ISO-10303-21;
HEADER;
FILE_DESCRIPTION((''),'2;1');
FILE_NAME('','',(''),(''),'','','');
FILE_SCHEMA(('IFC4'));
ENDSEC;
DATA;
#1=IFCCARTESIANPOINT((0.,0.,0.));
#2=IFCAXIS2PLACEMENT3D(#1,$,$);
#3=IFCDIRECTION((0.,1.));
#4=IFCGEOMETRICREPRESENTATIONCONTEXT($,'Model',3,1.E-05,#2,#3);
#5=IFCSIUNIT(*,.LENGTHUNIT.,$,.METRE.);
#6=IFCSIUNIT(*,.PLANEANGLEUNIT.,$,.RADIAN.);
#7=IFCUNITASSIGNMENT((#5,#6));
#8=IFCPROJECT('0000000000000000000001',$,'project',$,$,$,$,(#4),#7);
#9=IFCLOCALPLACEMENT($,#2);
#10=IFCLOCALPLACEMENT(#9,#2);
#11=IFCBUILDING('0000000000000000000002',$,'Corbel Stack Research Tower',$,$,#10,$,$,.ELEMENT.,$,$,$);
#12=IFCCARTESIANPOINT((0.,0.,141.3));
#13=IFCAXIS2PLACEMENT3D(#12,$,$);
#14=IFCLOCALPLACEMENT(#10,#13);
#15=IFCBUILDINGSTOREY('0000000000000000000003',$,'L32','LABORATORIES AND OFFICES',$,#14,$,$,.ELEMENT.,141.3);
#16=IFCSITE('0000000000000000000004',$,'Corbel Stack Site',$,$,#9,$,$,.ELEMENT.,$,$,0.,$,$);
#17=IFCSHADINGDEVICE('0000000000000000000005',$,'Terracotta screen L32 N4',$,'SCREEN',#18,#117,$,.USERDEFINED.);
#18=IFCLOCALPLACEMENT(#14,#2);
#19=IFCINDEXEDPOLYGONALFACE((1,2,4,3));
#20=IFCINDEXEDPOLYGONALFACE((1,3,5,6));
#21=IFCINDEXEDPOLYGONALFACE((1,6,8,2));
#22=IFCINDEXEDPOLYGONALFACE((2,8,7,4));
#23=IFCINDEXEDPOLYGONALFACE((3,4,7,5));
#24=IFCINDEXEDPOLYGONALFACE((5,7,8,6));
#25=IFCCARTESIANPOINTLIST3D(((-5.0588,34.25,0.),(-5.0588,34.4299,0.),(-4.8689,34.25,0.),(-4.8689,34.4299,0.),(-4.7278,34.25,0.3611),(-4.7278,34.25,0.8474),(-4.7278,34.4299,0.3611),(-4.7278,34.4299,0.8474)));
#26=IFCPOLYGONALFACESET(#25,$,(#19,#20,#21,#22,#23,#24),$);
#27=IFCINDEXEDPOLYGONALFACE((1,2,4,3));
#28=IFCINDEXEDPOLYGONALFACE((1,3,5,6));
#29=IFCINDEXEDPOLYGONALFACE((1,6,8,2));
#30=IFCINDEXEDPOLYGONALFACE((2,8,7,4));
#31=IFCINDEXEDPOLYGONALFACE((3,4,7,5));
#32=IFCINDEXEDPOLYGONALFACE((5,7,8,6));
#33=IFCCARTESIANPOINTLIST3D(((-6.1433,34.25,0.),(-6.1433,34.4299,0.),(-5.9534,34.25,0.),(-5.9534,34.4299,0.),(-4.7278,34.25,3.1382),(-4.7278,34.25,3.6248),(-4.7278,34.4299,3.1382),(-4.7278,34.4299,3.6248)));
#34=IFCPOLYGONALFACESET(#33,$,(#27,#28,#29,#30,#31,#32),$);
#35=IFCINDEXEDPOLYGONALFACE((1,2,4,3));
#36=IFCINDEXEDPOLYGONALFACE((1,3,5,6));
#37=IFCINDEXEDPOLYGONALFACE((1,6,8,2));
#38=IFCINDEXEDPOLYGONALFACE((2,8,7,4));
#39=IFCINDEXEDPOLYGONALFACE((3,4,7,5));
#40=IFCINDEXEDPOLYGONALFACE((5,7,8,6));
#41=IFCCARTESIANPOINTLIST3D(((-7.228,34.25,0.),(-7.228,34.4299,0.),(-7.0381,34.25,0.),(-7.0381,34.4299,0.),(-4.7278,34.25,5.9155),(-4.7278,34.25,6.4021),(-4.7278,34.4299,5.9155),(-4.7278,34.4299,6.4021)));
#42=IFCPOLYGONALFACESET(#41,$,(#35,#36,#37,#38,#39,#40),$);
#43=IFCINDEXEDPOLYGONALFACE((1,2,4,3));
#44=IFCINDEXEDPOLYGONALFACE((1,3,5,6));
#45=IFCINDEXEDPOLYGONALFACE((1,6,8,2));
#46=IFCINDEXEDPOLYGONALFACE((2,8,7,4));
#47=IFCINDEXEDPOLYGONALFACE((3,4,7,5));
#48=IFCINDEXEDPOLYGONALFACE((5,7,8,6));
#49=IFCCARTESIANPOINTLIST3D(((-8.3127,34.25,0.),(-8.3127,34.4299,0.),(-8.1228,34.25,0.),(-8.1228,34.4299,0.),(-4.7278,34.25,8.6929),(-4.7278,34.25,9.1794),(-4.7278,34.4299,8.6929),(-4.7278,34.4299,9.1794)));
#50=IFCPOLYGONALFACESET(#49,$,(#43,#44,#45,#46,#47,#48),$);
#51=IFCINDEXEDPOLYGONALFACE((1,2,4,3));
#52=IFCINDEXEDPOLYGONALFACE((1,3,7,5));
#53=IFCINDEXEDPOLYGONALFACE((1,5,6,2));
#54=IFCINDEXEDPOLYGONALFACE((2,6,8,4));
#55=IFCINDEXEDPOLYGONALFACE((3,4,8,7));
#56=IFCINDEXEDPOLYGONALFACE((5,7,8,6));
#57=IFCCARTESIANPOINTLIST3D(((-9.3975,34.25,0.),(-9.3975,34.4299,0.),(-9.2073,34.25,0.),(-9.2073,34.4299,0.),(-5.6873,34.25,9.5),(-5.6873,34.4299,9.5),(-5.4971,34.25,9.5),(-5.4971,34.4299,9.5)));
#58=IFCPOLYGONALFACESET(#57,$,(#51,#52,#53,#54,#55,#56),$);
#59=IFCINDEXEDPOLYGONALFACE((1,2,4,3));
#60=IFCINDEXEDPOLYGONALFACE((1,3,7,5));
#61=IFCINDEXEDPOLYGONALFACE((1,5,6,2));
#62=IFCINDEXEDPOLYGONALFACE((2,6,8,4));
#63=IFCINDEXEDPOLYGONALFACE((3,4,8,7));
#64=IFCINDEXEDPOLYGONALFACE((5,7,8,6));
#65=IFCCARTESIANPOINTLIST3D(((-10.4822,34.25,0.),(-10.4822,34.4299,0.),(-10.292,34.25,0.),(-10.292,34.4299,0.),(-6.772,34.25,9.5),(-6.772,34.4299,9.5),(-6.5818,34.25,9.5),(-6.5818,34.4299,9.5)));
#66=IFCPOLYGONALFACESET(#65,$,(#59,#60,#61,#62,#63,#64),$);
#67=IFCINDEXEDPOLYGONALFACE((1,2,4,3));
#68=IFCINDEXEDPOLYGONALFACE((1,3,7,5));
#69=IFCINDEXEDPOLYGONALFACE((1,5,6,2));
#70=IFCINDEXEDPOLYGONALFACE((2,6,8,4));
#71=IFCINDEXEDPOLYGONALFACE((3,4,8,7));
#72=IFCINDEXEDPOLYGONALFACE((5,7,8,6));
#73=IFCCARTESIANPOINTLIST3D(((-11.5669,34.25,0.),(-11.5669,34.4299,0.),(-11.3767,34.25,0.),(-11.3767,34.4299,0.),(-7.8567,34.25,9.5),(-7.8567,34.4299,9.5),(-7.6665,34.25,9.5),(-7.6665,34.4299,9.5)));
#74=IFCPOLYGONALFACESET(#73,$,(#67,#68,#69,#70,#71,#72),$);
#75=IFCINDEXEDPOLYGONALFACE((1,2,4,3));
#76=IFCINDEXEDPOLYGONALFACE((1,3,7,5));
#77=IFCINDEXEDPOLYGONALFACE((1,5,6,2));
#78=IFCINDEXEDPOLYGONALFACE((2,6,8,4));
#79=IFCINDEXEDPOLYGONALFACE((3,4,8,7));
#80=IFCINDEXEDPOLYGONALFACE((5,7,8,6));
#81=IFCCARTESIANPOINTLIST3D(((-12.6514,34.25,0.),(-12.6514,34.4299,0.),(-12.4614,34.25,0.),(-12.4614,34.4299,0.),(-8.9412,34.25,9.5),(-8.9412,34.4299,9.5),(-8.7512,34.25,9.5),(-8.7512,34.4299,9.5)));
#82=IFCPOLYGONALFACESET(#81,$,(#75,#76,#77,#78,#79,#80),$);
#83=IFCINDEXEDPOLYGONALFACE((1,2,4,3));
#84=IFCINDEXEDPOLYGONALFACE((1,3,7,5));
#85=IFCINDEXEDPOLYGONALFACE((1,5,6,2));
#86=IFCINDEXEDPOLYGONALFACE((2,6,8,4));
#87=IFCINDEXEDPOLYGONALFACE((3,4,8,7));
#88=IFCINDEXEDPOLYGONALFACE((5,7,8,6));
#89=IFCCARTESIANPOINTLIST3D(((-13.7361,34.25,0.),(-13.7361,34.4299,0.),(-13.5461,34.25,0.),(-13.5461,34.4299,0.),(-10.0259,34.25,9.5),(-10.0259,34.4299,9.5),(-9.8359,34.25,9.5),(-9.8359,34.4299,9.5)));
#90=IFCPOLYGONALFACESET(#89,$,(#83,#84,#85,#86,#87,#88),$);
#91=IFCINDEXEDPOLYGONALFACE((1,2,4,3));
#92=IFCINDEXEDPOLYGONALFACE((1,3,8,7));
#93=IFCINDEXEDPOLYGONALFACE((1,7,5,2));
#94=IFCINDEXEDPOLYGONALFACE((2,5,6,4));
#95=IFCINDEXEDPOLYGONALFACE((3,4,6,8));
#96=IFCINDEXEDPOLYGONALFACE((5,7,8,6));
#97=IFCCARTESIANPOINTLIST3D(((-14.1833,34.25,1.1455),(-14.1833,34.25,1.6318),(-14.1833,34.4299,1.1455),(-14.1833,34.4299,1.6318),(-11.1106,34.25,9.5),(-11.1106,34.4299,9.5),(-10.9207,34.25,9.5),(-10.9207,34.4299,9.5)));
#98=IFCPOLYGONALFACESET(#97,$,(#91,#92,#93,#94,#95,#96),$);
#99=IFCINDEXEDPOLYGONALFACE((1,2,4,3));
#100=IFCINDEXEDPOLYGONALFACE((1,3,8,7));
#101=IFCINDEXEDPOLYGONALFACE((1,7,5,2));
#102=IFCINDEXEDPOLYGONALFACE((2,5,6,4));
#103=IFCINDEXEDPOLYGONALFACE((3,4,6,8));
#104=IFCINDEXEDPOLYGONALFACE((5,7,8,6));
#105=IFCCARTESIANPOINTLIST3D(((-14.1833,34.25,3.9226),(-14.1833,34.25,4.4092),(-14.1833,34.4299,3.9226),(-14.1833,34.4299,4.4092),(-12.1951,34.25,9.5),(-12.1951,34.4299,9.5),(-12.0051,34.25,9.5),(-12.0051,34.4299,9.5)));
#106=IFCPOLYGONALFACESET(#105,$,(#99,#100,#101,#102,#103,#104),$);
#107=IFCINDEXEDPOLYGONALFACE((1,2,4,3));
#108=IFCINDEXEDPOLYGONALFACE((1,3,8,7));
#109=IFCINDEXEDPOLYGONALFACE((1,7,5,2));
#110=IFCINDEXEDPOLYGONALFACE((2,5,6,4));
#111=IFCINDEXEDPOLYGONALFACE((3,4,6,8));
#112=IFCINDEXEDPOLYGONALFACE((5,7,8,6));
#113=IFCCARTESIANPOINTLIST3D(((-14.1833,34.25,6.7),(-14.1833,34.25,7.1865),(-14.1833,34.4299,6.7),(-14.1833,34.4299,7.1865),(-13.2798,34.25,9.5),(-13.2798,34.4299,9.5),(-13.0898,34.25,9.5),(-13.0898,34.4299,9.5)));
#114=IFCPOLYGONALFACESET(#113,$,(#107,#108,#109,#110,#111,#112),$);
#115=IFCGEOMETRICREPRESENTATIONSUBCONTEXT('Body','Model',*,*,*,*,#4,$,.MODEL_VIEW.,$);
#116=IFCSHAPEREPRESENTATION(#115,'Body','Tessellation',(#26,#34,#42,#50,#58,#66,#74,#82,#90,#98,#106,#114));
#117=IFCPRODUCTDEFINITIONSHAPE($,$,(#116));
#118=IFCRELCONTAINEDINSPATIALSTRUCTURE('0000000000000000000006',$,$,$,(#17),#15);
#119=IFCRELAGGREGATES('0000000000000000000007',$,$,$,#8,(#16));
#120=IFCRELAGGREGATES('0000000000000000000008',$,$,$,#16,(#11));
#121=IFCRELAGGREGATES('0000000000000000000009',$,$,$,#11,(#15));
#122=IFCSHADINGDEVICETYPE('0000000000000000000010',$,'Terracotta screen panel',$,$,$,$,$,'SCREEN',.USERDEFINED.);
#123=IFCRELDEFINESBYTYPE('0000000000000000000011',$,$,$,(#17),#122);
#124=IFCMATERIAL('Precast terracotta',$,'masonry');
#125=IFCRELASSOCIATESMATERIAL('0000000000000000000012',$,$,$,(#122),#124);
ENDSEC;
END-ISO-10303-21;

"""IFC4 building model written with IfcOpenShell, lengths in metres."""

from ifc_helpers import new_model, si_unit, direction, frame, origin, place, context, subcontext, project, spatial, polyline, outline, extrude, source, transform, mapped, material, type_object, element, save


model = new_model("IFC4")

# Units and contexts
model_context = context("Model", 3, precision=1e-05, world=origin(), true_north=direction((0.0, 1.0)))
body_context = subcontext(model_context, "Body", "Model", "MODEL_VIEW")
ifc_project = project(units=[si_unit("LENGTHUNIT", "METRE"), si_unit("PLANEANGLEUNIT", "RADIAN")], contexts=[model_context])

# Site, building, storey
site_placement = place(None, origin())
site = spatial("IfcSite", under=ifc_project, at=site_placement, Name="Corbel Stack Site", CompositionType="ELEMENT", RefElevation=0.0)
building_placement = place(site_placement, origin())
building = spatial("IfcBuilding", under=site, at=building_placement, Name="Corbel Stack Research Tower", CompositionType="ELEMENT")
storey_placement = place(building_placement, frame((0.0, 0.0, 141.3)))
storey = spatial("IfcBuildingStorey", under=building, at=storey_placement, Name="L32", Description="LABORATORIES AND OFFICES", CompositionType="ELEMENT", Elevation=141.3)

# Shading device
ifc_material_1 = material(Name="Precast terracotta", Category="masonry")
shading_device_type = type_object("IfcShadingDeviceType", Name="Terracotta screen panel", ElementType="SCREEN", PredefinedType="USERDEFINED", material=ifc_material_1)
shared_shape_1 = source(origin(), body_context, "Body", "SweptSolid", [
    extrude(outline(polyline([(0.3311, 0.0), (0.0, 0.8474), (0.0, 0.3611), (0.1411, 0.0), (0.3311, 0.0)])), frame((0.0, 0.0, 0.0), z_axis=(0.0, -1.0, 0.0), x_axis=(1.0, 0.0, 0.0)), (0.0, 0.0, 1.0), 0.1799),
    extrude(outline(polyline([(1.4155, 0.0), (0.0, 3.6248), (0.0, 3.1382), (1.2256, 0.0), (1.4155, 0.0)])), frame((0.0, 0.0, 0.0), z_axis=(0.0, -1.0, 0.0), x_axis=(1.0, 0.0, 0.0)), (0.0, 0.0, 1.0), 0.1799),
    extrude(outline(polyline([(2.5002, 0.0), (0.0, 6.4021), (0.0, 5.9155), (2.3103, 0.0), (2.5002, 0.0)])), frame((0.0, 0.0, 0.0), z_axis=(0.0, -1.0, 0.0), x_axis=(1.0, 0.0, 0.0)), (0.0, 0.0, 1.0), 0.1799),
    extrude(outline(polyline([(3.585, 0.0), (0.0, 9.1794), (0.0, 8.6929), (3.395, 0.0), (3.585, 0.0)])), frame((0.0, 0.0, 0.0), z_axis=(0.0, -1.0, 0.0), x_axis=(1.0, 0.0, 0.0)), (0.0, 0.0, 1.0), 0.1799),
    extrude(outline(polyline([(4.6697, 0.0), (0.9595, 9.5), (0.7693, 9.5), (4.4795, 0.0), (4.6697, 0.0)])), frame((0.0, 0.0, 0.0), z_axis=(0.0, -1.0, 0.0), x_axis=(1.0, 0.0, 0.0)), (0.0, 0.0, 1.0), 0.1799),
    extrude(outline(polyline([(5.7544, 0.0), (2.0442, 9.5), (1.854, 9.5), (5.5642, 0.0), (5.7544, 0.0)])), frame((0.0, 0.0, 0.0), z_axis=(0.0, -1.0, 0.0), x_axis=(1.0, 0.0, 0.0)), (0.0, 0.0, 1.0), 0.1799),
    extrude(outline(polyline([(6.8391, 0.0), (3.1289, 9.5), (2.9387, 9.5), (6.6489, 0.0), (6.8391, 0.0)])), frame((0.0, 0.0, 0.0), z_axis=(0.0, -1.0, 0.0), x_axis=(1.0, 0.0, 0.0)), (0.0, 0.0, 1.0), 0.1799),
    extrude(outline(polyline([(7.9236, 0.0), (4.2134, 9.5), (4.0234, 9.5), (7.7336, 0.0), (7.9236, 0.0)])), frame((0.0, 0.0, 0.0), z_axis=(0.0, -1.0, 0.0), x_axis=(1.0, 0.0, 0.0)), (0.0, 0.0, 1.0), 0.1799),
    extrude(outline(polyline([(9.0083, 0.0), (5.2981, 9.5), (5.1082, 9.5), (8.8184, 0.0), (9.0083, 0.0)])), frame((0.0, 0.0, 0.0), z_axis=(0.0, -1.0, 0.0), x_axis=(1.0, 0.0, 0.0)), (0.0, 0.0, 1.0), 0.1799),
    extrude(outline(polyline([(6.3828, 9.5), (6.1929, 9.5), (9.4556, 1.1455), (9.4556, 1.6318), (6.3828, 9.5)])), frame((0.0, 0.0, 0.0), z_axis=(0.0, -1.0, 0.0), x_axis=(1.0, 0.0, 0.0)), (0.0, 0.0, 1.0), 0.1799),
    extrude(outline(polyline([(7.4673, 9.5), (7.2773, 9.5), (9.4556, 3.9226), (9.4556, 4.4092), (7.4673, 9.5)])), frame((0.0, 0.0, 0.0), z_axis=(0.0, -1.0, 0.0), x_axis=(1.0, 0.0, 0.0)), (0.0, 0.0, 1.0), 0.1799),
    extrude(outline(polyline([(8.552, 9.5), (8.3621, 9.5), (9.4556, 6.7), (9.4556, 7.1865), (8.552, 9.5)])), frame((0.0, 0.0, 0.0), z_axis=(0.0, -1.0, 0.0), x_axis=(1.0, 0.0, 0.0)), (0.0, 0.0, 1.0), 0.1799),
])
shading_device_1_placement = place(storey_placement, frame((-4.7278, 34.25, 0.0), z_axis=(0.0, 0.0, 1.0), x_axis=(-1.0, 0.0, 0.0)))
element("IfcShadingDevice", 1, at=shading_device_1_placement, inside=storey, type_object=shading_device_type, Name="Terracotta screen L32 N4", ObjectType="SCREEN", PredefinedType="USERDEFINED", context=body_context, shape_type="MappedRepresentation", body=[
    mapped(shared_shape_1, transform((0.0, 0.0, 0.0))),
])

save(model, "model.ifc")
